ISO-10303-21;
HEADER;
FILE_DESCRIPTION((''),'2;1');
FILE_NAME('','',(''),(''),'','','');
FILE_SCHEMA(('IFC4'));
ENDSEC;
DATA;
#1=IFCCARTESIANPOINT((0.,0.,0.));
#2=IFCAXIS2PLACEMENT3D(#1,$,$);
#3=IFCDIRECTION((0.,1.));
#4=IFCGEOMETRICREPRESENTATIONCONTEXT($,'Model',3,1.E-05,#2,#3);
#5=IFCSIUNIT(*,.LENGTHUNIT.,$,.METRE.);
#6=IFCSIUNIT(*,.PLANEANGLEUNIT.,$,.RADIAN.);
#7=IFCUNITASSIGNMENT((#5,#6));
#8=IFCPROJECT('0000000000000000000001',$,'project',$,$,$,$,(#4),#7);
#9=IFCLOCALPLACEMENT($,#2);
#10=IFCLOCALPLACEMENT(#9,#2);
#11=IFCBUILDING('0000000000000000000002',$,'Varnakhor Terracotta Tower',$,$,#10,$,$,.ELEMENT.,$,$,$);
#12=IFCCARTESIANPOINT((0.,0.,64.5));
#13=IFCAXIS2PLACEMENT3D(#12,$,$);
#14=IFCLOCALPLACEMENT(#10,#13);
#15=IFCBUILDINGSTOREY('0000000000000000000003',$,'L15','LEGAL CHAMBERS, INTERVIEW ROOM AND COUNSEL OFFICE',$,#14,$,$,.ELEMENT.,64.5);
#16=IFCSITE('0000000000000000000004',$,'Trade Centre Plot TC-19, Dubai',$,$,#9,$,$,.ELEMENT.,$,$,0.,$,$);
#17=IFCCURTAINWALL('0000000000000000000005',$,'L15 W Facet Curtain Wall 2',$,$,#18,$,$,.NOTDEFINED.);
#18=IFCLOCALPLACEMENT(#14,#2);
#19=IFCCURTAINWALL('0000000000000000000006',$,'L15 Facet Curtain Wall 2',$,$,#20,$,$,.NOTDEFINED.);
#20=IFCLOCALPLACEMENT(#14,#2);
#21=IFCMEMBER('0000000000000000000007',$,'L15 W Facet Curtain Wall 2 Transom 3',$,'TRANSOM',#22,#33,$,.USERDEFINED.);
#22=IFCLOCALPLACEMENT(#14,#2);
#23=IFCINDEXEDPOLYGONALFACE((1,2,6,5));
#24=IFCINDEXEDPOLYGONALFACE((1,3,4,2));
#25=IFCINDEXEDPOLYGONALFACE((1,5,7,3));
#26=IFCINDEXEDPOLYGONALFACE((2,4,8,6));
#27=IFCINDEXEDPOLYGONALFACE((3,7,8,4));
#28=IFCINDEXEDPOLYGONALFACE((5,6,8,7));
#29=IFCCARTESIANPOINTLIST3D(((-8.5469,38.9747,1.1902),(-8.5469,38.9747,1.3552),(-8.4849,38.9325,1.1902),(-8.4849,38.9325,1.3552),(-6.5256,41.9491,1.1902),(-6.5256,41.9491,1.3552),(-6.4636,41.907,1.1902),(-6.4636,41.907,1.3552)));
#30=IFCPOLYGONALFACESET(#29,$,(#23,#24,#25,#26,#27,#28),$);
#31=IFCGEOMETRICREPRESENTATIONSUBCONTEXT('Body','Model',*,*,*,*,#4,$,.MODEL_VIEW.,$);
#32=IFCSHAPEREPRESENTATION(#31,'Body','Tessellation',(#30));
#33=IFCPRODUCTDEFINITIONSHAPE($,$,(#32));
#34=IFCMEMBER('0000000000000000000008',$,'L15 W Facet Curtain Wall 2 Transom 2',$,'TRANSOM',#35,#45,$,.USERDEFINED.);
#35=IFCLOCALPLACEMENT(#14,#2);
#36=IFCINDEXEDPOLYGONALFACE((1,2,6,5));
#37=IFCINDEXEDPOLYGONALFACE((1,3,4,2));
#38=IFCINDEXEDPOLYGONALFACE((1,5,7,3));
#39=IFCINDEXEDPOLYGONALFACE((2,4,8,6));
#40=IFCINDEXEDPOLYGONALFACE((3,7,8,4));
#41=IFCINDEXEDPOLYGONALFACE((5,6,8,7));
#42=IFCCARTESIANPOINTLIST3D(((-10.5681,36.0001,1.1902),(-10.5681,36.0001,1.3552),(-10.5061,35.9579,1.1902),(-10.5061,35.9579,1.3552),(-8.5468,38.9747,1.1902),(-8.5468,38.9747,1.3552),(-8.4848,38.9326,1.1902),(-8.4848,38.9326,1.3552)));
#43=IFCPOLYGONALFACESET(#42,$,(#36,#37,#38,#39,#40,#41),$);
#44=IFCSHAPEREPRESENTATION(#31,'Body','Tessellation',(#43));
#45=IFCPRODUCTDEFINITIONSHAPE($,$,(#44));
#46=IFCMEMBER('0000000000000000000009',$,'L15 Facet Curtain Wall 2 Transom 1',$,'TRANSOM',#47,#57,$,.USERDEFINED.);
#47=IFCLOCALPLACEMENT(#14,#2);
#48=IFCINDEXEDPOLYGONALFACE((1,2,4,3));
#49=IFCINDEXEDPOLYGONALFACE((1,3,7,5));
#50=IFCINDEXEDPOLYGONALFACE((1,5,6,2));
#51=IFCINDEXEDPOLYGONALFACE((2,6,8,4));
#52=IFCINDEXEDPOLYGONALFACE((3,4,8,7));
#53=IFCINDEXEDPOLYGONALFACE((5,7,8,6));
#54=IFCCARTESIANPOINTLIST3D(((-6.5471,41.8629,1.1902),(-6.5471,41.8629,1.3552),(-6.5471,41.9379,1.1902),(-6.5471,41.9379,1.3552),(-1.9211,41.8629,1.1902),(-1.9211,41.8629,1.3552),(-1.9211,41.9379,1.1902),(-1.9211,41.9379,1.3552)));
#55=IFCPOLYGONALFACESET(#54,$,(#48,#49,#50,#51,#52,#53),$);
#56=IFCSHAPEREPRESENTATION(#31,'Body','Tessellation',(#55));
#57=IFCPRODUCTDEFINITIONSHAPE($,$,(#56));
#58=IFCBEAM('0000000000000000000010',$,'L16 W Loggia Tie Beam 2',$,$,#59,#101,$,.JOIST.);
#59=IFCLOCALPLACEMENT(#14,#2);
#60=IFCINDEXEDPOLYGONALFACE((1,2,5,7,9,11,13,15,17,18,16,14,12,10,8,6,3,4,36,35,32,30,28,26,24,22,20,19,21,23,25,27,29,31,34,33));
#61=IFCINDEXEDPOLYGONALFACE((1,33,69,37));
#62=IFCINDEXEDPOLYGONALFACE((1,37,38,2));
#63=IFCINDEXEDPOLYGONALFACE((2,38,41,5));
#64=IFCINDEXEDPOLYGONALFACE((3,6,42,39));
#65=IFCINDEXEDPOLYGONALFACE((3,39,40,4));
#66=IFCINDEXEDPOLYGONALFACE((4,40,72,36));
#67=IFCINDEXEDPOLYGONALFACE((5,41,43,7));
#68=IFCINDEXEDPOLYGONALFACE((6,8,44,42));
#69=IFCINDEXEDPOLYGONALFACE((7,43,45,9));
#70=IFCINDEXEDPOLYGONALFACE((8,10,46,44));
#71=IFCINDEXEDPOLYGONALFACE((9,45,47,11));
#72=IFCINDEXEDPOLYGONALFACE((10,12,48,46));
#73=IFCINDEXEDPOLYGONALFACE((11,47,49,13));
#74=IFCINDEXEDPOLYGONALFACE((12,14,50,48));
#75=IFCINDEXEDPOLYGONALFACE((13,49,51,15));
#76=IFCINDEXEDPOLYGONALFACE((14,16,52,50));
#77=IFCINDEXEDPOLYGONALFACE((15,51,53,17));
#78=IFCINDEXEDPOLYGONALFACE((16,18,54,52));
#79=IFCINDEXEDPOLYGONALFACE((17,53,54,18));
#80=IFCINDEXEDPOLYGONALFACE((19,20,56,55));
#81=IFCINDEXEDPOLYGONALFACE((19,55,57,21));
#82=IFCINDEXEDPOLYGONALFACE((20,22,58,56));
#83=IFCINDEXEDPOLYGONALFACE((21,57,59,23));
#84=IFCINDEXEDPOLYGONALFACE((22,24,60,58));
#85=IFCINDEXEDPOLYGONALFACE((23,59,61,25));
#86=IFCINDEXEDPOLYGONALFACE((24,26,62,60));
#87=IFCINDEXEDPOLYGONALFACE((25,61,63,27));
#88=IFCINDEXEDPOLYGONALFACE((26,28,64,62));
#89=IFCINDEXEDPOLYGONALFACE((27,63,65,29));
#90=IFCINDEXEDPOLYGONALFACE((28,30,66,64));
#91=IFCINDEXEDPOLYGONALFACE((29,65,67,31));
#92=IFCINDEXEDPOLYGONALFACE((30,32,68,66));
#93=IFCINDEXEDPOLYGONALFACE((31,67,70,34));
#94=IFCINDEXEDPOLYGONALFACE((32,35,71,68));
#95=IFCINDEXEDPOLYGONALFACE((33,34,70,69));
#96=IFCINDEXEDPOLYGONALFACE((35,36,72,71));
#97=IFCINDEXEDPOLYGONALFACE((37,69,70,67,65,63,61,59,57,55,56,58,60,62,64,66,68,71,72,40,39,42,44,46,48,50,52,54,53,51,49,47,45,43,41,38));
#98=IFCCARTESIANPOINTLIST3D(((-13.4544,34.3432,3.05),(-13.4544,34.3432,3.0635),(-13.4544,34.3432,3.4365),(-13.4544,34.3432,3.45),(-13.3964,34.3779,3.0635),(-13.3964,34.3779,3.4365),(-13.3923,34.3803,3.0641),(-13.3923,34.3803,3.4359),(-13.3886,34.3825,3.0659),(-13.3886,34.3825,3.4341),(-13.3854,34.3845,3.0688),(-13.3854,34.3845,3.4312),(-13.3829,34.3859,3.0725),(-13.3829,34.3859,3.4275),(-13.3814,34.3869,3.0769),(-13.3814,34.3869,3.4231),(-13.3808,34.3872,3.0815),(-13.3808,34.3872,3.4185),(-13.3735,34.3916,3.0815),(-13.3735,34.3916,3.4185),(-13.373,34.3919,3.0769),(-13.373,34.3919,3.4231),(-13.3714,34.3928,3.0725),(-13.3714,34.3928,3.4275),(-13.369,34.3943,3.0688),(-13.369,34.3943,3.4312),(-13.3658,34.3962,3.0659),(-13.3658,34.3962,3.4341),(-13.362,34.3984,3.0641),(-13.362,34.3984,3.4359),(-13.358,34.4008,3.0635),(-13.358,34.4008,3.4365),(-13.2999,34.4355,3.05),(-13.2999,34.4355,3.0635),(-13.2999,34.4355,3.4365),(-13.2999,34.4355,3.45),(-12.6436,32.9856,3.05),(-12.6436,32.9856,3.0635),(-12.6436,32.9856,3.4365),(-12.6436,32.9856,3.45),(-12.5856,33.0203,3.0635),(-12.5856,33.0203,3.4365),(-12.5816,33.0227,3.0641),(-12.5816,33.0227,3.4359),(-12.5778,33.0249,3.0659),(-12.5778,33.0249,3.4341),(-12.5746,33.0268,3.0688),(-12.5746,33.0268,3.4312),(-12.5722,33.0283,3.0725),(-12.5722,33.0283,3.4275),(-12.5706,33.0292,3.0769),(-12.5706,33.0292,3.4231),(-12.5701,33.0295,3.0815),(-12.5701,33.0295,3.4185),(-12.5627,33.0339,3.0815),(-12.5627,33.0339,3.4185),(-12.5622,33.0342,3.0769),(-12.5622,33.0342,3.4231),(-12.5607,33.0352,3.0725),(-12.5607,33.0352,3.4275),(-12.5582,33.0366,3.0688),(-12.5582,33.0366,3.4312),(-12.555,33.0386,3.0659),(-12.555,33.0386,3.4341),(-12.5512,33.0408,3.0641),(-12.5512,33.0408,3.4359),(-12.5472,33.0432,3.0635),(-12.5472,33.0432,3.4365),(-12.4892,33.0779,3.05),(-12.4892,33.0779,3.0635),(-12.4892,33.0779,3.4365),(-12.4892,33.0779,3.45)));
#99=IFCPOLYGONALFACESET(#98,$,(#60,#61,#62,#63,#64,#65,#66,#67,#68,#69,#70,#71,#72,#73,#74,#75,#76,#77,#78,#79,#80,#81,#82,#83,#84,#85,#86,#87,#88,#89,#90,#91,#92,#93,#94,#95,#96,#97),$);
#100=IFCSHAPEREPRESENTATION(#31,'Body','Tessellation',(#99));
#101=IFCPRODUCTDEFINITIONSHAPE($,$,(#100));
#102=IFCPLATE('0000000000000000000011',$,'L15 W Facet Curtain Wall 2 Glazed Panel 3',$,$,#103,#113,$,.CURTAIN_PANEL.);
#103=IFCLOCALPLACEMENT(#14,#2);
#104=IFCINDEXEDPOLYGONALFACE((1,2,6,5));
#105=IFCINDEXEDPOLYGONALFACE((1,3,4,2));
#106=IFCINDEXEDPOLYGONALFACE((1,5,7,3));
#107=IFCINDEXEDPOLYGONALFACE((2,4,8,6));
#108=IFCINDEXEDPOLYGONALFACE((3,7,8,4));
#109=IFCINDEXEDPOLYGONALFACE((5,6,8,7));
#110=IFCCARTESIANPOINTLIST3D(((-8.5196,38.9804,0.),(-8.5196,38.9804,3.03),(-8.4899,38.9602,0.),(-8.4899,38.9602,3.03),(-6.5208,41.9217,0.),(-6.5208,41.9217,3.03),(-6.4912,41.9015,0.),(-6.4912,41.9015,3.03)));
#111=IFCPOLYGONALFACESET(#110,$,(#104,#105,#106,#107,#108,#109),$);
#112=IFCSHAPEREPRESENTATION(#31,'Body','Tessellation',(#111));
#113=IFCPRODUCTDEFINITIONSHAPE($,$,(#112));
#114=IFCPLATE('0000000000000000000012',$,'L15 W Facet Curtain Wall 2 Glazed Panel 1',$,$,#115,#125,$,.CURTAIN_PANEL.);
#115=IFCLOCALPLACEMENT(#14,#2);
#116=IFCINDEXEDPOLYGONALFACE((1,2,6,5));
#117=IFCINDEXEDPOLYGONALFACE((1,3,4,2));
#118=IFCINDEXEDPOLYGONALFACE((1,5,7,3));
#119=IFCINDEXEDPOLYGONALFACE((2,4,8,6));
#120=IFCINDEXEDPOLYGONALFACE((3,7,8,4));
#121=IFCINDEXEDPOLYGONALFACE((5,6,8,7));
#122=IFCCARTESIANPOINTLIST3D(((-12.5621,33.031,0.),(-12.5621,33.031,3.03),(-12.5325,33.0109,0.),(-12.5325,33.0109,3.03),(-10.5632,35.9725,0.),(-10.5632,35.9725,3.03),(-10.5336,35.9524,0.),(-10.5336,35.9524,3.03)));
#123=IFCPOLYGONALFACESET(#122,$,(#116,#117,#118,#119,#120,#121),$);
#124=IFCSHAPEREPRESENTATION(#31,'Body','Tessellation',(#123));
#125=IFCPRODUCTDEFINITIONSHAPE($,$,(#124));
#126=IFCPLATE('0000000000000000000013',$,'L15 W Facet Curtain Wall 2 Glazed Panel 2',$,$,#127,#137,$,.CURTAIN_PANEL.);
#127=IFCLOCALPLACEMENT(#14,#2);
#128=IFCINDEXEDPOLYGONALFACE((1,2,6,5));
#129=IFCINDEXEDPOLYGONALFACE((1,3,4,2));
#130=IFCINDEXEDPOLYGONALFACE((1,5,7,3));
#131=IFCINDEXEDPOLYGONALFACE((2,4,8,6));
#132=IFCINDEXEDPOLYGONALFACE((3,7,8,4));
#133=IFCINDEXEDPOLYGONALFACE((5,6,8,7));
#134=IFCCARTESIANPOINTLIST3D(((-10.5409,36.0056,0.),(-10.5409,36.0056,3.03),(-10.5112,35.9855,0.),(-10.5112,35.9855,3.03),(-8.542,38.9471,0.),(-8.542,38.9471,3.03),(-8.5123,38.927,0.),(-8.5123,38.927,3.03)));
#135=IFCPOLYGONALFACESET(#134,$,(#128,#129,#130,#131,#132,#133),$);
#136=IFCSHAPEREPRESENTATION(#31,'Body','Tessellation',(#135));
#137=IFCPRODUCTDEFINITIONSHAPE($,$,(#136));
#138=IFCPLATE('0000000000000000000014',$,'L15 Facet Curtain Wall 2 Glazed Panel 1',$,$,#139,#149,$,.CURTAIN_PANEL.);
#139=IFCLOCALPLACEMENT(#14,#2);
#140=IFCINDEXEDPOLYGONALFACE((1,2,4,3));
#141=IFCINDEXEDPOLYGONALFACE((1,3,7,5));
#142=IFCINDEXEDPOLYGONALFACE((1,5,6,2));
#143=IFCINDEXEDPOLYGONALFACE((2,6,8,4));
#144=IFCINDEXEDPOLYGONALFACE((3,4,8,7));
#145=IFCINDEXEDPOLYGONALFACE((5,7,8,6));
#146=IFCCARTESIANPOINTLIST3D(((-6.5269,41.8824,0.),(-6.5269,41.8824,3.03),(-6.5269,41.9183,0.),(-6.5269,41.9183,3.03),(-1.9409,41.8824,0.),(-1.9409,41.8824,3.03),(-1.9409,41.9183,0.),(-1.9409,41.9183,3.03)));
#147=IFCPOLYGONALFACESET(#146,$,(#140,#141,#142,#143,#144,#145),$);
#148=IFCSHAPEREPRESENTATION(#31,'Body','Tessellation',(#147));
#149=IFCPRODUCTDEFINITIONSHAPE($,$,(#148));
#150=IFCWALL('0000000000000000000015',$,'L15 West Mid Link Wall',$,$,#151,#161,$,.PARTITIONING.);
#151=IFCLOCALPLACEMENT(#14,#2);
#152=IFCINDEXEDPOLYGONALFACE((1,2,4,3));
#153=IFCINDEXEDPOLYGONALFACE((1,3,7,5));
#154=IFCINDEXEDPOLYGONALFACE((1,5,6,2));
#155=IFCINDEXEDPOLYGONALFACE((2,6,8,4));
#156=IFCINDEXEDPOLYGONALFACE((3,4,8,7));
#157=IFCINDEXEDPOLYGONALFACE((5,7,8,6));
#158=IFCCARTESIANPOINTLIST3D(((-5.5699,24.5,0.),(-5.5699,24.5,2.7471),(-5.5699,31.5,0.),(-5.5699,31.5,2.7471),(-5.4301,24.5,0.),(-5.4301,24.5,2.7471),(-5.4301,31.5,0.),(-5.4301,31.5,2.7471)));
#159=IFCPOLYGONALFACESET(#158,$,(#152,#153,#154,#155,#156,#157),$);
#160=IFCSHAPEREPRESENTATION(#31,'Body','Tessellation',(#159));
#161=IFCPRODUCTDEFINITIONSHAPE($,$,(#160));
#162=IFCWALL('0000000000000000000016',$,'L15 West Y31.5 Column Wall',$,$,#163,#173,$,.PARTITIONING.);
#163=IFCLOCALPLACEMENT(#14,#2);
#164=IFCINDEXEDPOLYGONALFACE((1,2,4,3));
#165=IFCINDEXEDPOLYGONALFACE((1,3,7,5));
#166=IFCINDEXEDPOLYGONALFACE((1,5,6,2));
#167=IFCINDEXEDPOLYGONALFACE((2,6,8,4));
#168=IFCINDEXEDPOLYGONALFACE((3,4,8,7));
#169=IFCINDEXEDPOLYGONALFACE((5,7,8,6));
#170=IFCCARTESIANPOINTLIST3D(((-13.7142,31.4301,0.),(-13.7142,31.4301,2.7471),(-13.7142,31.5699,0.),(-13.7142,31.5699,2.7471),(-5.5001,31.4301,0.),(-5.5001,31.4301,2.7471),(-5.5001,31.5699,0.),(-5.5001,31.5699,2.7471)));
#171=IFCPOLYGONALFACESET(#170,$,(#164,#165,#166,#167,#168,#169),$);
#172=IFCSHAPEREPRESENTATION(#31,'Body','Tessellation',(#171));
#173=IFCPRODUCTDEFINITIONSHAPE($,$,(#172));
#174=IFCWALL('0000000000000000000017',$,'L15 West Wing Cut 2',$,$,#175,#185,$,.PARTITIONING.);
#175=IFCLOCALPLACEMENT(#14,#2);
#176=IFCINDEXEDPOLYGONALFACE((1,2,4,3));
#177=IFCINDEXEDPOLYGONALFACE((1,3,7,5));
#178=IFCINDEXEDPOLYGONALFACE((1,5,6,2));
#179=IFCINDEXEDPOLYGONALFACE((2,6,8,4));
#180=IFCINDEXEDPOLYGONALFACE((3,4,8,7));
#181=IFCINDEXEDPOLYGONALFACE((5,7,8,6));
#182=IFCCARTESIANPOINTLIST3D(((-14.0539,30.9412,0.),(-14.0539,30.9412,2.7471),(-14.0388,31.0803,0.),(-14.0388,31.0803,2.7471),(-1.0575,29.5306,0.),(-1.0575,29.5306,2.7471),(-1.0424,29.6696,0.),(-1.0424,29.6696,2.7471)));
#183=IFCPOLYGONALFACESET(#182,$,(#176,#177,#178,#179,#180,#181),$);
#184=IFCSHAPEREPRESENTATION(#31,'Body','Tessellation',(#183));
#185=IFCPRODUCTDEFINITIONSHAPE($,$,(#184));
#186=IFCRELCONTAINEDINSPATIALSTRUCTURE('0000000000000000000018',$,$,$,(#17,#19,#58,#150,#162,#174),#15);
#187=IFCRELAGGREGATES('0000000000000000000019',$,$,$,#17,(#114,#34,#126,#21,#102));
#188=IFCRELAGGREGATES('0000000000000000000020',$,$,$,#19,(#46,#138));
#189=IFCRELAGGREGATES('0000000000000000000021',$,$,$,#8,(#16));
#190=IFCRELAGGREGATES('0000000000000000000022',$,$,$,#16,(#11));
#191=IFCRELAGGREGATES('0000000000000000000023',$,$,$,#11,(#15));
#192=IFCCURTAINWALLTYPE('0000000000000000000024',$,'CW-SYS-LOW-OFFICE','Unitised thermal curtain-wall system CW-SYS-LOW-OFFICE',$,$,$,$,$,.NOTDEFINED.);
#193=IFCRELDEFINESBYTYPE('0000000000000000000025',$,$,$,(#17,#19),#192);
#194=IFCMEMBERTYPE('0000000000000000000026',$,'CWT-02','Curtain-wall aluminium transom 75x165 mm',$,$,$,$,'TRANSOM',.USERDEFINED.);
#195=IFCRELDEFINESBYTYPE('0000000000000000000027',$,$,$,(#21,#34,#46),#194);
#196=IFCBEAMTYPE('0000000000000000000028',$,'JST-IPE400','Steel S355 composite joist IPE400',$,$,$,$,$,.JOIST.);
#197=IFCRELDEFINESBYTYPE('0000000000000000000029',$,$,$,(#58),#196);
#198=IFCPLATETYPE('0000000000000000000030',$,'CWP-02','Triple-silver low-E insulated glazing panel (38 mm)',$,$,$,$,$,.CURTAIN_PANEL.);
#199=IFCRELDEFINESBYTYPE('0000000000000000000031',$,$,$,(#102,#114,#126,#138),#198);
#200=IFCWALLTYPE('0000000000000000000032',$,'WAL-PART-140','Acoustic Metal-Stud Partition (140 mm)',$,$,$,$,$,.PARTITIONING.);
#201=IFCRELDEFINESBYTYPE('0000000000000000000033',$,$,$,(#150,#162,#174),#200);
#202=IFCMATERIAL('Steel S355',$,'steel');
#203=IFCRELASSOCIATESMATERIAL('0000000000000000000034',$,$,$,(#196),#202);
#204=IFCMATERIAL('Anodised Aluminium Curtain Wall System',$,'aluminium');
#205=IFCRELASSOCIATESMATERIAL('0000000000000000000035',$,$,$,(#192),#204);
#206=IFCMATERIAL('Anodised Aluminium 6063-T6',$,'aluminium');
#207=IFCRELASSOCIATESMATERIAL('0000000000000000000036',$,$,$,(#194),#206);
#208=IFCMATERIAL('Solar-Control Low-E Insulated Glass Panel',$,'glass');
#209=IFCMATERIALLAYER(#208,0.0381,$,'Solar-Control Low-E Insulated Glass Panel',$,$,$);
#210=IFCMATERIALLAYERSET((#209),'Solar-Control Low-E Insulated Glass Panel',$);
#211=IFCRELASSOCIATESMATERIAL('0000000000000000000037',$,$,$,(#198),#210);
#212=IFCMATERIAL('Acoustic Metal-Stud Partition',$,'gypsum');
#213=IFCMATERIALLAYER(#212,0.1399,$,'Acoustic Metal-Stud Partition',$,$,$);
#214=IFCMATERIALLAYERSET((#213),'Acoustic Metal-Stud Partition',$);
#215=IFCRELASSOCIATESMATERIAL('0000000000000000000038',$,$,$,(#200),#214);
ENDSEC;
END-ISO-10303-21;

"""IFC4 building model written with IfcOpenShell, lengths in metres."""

from ifc_helpers import new_model, si_unit, direction, frame, frame_2d, origin, origin_2d, place, context, subcontext, project, spatial, rectangle, i_section, extrude, source, transform, mapped, material, layer, layer_set, material_profile, profile_set, type_object, element, aggregate, save


model = new_model("IFC4")

# Units and contexts
model_context = context("Model", 3, precision=1e-05, world=origin(), true_north=direction((0.0, 1.0)))
body_context = subcontext(model_context, "Body", "Model", "MODEL_VIEW")
ifc_project = project(units=[si_unit("LENGTHUNIT", "METRE"), si_unit("PLANEANGLEUNIT", "RADIAN")], contexts=[model_context])

# Site, building, storey
site_placement = place(None, origin())
site = spatial("IfcSite", under=ifc_project, at=site_placement, Name="Trade Centre Plot TC-19, Dubai", CompositionType="ELEMENT", RefElevation=0.0)
building_placement = place(site_placement, origin())
building = spatial("IfcBuilding", under=site, at=building_placement, Name="Varnakhor Terracotta Tower", CompositionType="ELEMENT")
storey_placement = place(building_placement, frame((0.0, 0.0, 64.5)))
storey = spatial("IfcBuildingStorey", under=building, at=storey_placement, Name="L15", Description="LEGAL CHAMBERS, INTERVIEW ROOM AND COUNSEL OFFICE", CompositionType="ELEMENT", Elevation=64.5)

# Shared definitions
ifc_material_1 = material(Name="Steel S355", Category="steel")
ifc_material_profile_1 = material_profile(ifc_material_1, i_section(OverallWidth=0.1799, OverallDepth=0.3999, WebThickness=0.0085, FlangeThickness=0.0134, FilletRadius=0.0181, at=origin_2d()), Name="IPE400")
ifc_profile_set_1 = profile_set([ifc_material_profile_1], Name="Steel S355")
beam_type_1 = type_object("IfcBeamType", Name="JST-IPE400", Description="Steel S355 composite joist IPE400", PredefinedType="JOIST", material=ifc_profile_set_1)

# Curtain walls
ifc_material_2 = material(Name="Anodised Aluminium Curtain Wall System", Category="aluminium")
curtain_wall_type = type_object("IfcCurtainWallType", Name="CW-SYS-LOW-OFFICE", Description="Unitised thermal curtain-wall system CW-SYS-LOW-OFFICE", PredefinedType="NOTDEFINED", material=ifc_material_2)
curtain_wall_1_placement = place(storey_placement, origin())
curtain_wall_1 = element("IfcCurtainWall", 1, at=curtain_wall_1_placement, inside=storey, type_object=curtain_wall_type, Name="L15 W Facet Curtain Wall 2", PredefinedType="NOTDEFINED")
ifc_material_3 = material(Name="Anodised Aluminium 6063-T6", Category="aluminium")
curtain_wall_2_placement = place(storey_placement, origin())
curtain_wall_2 = element("IfcCurtainWall", 2, at=curtain_wall_2_placement, inside=storey, type_object=curtain_wall_type, Name="L15 Facet Curtain Wall 2", PredefinedType="NOTDEFINED")

# Members
ifc_material_profile_2 = material_profile(ifc_material_3, rectangle(XDim=0.075, YDim=0.165, at=origin_2d()), Name="ALU TRANSOM 75x165")
ifc_profile_set_2 = profile_set([ifc_material_profile_2], Name="Anodised Aluminium 6063-T6")
member_type_1 = type_object("IfcMemberType", Name="CWT-02", Description="Curtain-wall aluminium transom 75x165 mm", ElementType="TRANSOM", PredefinedType="USERDEFINED", material=ifc_profile_set_2)
shared_shape_1 = source(origin(), body_context, "Body", "SweptSolid", [
    extrude(rectangle(XDim=0.075, YDim=0.165, at=origin_2d()), origin(), (0.0, 0.0, 1.0), 3.5962),
])
member_1_placement = place(storey_placement, frame((-8.5159, 38.9536, 1.2727), z_axis=(0.562057, 0.827098, 0.0), x_axis=(-0.827098, 0.562057, 0.0)))
member_1 = element("IfcMember", 3, at=member_1_placement, type_object=member_type_1, Name="L15 W Facet Curtain Wall 2 Transom 3", ObjectType="TRANSOM", PredefinedType="USERDEFINED", context=body_context, shape_type="MappedRepresentation", body=[
    mapped(shared_shape_1, transform((0.0, 0.0, 0.0), scale=1.0)),
])
shared_shape_2 = source(origin(), body_context, "Body", "SweptSolid", [
    extrude(rectangle(XDim=0.075, YDim=0.165, at=origin_2d()), origin(), (0.0, 0.0, 1.0), 3.5964),
])
member_2_placement = place(storey_placement, frame((-10.5371, 35.979, 1.2727), z_axis=(0.562026, 0.82712, 0.0), x_axis=(-0.82712, 0.562026, 0.0)))
member_2 = element("IfcMember", 4, at=member_2_placement, type_object=member_type_1, Name="L15 W Facet Curtain Wall 2 Transom 2", ObjectType="TRANSOM", PredefinedType="USERDEFINED", context=body_context, shape_type="MappedRepresentation", body=[
    mapped(shared_shape_2, transform((0.0, 0.0, 0.0), scale=1.0)),
])
shared_shape_3 = source(origin(), body_context, "Body", "SweptSolid", [
    extrude(rectangle(XDim=0.075, YDim=0.165, at=origin_2d()), origin(), (0.0, 0.0, 1.0), 4.626),
])
member_3_placement = place(storey_placement, frame((-6.5471, 41.9004, 1.2727), z_axis=(1.0, 0.0, 0.0), x_axis=(0.0, 1.0, 0.0)))
member_3 = element("IfcMember", 5, at=member_3_placement, type_object=member_type_1, Name="L15 Facet Curtain Wall 2 Transom 1", ObjectType="TRANSOM", PredefinedType="USERDEFINED", context=body_context, shape_type="MappedRepresentation", body=[
    mapped(shared_shape_3, transform((0.0, 0.0, 0.0), scale=1.0)),
])

# Beam
shared_shape_4 = source(origin(), body_context, "Body", "SweptSolid", [
    extrude(i_section(OverallWidth=0.1799, OverallDepth=0.3999, WebThickness=0.0085, FlangeThickness=0.0134, FilletRadius=0.0181, at=origin_2d()), origin(), (0.0, 0.0, 1.0), 1.5813),
])
beam_1_placement = place(storey_placement, frame((-12.5664, 33.0317, 3.25), z_axis=(-0.512724, 0.858554, 0.0), x_axis=(-0.858554, -0.512724, 0.0)))
element("IfcBeam", 6, at=beam_1_placement, inside=storey, type_object=beam_type_1, Name="L16 W Loggia Tie Beam 2", PredefinedType="JOIST", context=body_context, shape_type="MappedRepresentation", body=[
    mapped(shared_shape_4, transform((0.0, 0.0, 0.0), scale=1.0)),
])

# Plates
ifc_material_4 = material(Name="Solar-Control Low-E Insulated Glass Panel", Category="glass")
ifc_layer_1 = layer(ifc_material_4, 0.0381, Name="Solar-Control Low-E Insulated Glass Panel")
ifc_layer_set_1 = layer_set([ifc_layer_1], Name="Solar-Control Low-E Insulated Glass Panel")
plate_type = type_object("IfcPlateType", Name="CWP-02", Description="Triple-silver low-E insulated glazing panel (38 mm)", PredefinedType="CURTAIN_PANEL", material=ifc_layer_set_1)
shared_shape_5 = source(origin(), body_context, "Body", "SweptSolid", [
    extrude(rectangle(XDim=3.5562, YDim=0.0359, at=origin_2d()), origin(), (0.0, 0.0, 1.0), 3.03),
])
plate_1_placement = place(storey_placement, frame((-7.5054, 40.4409, 0.0), z_axis=(0.0, 0.0, 1.0), x_axis=(0.562055, 0.8271, 0.0)))
plate_1 = element("IfcPlate", 7, at=plate_1_placement, type_object=plate_type, Name="L15 W Facet Curtain Wall 2 Glazed Panel 3", PredefinedType="CURTAIN_PANEL", context=body_context, shape_type="MappedRepresentation", body=[
    mapped(shared_shape_5, transform((0.0, 0.0, 0.0), scale=1.0)),
])
shared_shape_6 = source(origin(), body_context, "Body", "SweptSolid", [
    extrude(rectangle(XDim=3.5564, YDim=0.0359, at=origin_2d()), origin(), (0.0, 0.0, 1.0), 3.03),
])
plate_2_placement = place(storey_placement, frame((-11.5479, 34.4917, 0.0), z_axis=(0.0, 0.0, 1.0), x_axis=(0.562055, 0.8271, 0.0)))
plate_2 = element("IfcPlate", 8, at=plate_2_placement, type_object=plate_type, Name="L15 W Facet Curtain Wall 2 Glazed Panel 1", PredefinedType="CURTAIN_PANEL", context=body_context, shape_type="MappedRepresentation", body=[
    mapped(shared_shape_6, transform((0.0, 0.0, 0.0), scale=1.0)),
])
plate_3_placement = place(storey_placement, frame((-9.5266, 37.4663, 0.0), z_axis=(0.0, 0.0, 1.0), x_axis=(0.562055, 0.8271, 0.0)))
plate_3 = element("IfcPlate", 9, at=plate_3_placement, type_object=plate_type, Name="L15 W Facet Curtain Wall 2 Glazed Panel 2", PredefinedType="CURTAIN_PANEL", context=body_context, shape_type="MappedRepresentation", body=[
    mapped(shared_shape_6, transform((0.0, 0.0, 0.0), scale=1.0)),
])
aggregate(curtain_wall_1, [plate_2, member_2, plate_3, member_1, plate_1])
shared_shape_7 = source(origin(), body_context, "Body", "SweptSolid", [
    extrude(rectangle(XDim=4.5859, YDim=0.0359, at=origin_2d()), origin(), (0.0, 0.0, 1.0), 3.03),
])
plate_4_placement = place(storey_placement, frame((-4.2339, 41.9004, 0.0), z_axis=(0.0, 0.0, 1.0), x_axis=(1.0, 0.0, 0.0)))
plate_4 = element("IfcPlate", 10, at=plate_4_placement, type_object=plate_type, Name="L15 Facet Curtain Wall 2 Glazed Panel 1", PredefinedType="CURTAIN_PANEL", context=body_context, shape_type="MappedRepresentation", body=[
    mapped(shared_shape_7, transform((0.0, 0.0, 0.0), scale=1.0)),
])
aggregate(curtain_wall_2, [member_3, plate_4])

# Walls
ifc_material_5 = material(Name="Acoustic Metal-Stud Partition", Category="gypsum")
ifc_layer_2 = layer(ifc_material_5, 0.1399, Name="Acoustic Metal-Stud Partition")
ifc_layer_set_2 = layer_set([ifc_layer_2], Name="Acoustic Metal-Stud Partition")
wall_type = type_object("IfcWallType", Name="WAL-PART-140", Description="Acoustic Metal-Stud Partition (140 mm)", PredefinedType="PARTITIONING", material=ifc_layer_set_2)
wall_1_placement = place(storey_placement, frame((-5.5, 24.5, 0.0), z_axis=(0.0, 0.0, 1.0), x_axis=(0.0, 1.0, 0.0)))
element("IfcWall", 11, at=wall_1_placement, inside=storey, type_object=wall_type, Name="L15 West Mid Link Wall", PredefinedType="PARTITIONING", context=body_context, shape_type="SweptSolid", body=[
    extrude(rectangle(XDim=7.0, YDim=0.1399, at=frame_2d((3.5, 0.0))), origin(), (0.0, 0.0, 1.0), 2.7471),
])
wall_2_placement = place(storey_placement, frame((-13.7141, 31.5, 0.0), z_axis=(0.0, 0.0, 1.0), x_axis=(1.0, 0.0, 0.0)))
element("IfcWall", 12, at=wall_2_placement, inside=storey, type_object=wall_type, Name="L15 West Y31.5 Column Wall", PredefinedType="PARTITIONING", context=body_context, shape_type="SweptSolid", body=[
    extrude(rectangle(XDim=8.2141, YDim=0.1399, at=frame_2d((4.1069, 0.0))), origin(), (0.0, 0.0, 1.0), 2.7471),
])
wall_3_placement = place(storey_placement, frame((-14.0464, 31.0107, 0.0), z_axis=(0.0, 0.0, 1.0), x_axis=(0.994161, -0.107908, 0.0)))
element("IfcWall", 13, at=wall_3_placement, inside=storey, type_object=wall_type, Name="L15 West Wing Cut 2", PredefinedType="PARTITIONING", context=body_context, shape_type="SweptSolid", body=[
    extrude(rectangle(XDim=13.0728, YDim=0.1399, at=frame_2d((6.5364, 0.0))), origin(), (0.0, 0.0, 1.0), 2.7471),
])

save(model, "model.ifc")
